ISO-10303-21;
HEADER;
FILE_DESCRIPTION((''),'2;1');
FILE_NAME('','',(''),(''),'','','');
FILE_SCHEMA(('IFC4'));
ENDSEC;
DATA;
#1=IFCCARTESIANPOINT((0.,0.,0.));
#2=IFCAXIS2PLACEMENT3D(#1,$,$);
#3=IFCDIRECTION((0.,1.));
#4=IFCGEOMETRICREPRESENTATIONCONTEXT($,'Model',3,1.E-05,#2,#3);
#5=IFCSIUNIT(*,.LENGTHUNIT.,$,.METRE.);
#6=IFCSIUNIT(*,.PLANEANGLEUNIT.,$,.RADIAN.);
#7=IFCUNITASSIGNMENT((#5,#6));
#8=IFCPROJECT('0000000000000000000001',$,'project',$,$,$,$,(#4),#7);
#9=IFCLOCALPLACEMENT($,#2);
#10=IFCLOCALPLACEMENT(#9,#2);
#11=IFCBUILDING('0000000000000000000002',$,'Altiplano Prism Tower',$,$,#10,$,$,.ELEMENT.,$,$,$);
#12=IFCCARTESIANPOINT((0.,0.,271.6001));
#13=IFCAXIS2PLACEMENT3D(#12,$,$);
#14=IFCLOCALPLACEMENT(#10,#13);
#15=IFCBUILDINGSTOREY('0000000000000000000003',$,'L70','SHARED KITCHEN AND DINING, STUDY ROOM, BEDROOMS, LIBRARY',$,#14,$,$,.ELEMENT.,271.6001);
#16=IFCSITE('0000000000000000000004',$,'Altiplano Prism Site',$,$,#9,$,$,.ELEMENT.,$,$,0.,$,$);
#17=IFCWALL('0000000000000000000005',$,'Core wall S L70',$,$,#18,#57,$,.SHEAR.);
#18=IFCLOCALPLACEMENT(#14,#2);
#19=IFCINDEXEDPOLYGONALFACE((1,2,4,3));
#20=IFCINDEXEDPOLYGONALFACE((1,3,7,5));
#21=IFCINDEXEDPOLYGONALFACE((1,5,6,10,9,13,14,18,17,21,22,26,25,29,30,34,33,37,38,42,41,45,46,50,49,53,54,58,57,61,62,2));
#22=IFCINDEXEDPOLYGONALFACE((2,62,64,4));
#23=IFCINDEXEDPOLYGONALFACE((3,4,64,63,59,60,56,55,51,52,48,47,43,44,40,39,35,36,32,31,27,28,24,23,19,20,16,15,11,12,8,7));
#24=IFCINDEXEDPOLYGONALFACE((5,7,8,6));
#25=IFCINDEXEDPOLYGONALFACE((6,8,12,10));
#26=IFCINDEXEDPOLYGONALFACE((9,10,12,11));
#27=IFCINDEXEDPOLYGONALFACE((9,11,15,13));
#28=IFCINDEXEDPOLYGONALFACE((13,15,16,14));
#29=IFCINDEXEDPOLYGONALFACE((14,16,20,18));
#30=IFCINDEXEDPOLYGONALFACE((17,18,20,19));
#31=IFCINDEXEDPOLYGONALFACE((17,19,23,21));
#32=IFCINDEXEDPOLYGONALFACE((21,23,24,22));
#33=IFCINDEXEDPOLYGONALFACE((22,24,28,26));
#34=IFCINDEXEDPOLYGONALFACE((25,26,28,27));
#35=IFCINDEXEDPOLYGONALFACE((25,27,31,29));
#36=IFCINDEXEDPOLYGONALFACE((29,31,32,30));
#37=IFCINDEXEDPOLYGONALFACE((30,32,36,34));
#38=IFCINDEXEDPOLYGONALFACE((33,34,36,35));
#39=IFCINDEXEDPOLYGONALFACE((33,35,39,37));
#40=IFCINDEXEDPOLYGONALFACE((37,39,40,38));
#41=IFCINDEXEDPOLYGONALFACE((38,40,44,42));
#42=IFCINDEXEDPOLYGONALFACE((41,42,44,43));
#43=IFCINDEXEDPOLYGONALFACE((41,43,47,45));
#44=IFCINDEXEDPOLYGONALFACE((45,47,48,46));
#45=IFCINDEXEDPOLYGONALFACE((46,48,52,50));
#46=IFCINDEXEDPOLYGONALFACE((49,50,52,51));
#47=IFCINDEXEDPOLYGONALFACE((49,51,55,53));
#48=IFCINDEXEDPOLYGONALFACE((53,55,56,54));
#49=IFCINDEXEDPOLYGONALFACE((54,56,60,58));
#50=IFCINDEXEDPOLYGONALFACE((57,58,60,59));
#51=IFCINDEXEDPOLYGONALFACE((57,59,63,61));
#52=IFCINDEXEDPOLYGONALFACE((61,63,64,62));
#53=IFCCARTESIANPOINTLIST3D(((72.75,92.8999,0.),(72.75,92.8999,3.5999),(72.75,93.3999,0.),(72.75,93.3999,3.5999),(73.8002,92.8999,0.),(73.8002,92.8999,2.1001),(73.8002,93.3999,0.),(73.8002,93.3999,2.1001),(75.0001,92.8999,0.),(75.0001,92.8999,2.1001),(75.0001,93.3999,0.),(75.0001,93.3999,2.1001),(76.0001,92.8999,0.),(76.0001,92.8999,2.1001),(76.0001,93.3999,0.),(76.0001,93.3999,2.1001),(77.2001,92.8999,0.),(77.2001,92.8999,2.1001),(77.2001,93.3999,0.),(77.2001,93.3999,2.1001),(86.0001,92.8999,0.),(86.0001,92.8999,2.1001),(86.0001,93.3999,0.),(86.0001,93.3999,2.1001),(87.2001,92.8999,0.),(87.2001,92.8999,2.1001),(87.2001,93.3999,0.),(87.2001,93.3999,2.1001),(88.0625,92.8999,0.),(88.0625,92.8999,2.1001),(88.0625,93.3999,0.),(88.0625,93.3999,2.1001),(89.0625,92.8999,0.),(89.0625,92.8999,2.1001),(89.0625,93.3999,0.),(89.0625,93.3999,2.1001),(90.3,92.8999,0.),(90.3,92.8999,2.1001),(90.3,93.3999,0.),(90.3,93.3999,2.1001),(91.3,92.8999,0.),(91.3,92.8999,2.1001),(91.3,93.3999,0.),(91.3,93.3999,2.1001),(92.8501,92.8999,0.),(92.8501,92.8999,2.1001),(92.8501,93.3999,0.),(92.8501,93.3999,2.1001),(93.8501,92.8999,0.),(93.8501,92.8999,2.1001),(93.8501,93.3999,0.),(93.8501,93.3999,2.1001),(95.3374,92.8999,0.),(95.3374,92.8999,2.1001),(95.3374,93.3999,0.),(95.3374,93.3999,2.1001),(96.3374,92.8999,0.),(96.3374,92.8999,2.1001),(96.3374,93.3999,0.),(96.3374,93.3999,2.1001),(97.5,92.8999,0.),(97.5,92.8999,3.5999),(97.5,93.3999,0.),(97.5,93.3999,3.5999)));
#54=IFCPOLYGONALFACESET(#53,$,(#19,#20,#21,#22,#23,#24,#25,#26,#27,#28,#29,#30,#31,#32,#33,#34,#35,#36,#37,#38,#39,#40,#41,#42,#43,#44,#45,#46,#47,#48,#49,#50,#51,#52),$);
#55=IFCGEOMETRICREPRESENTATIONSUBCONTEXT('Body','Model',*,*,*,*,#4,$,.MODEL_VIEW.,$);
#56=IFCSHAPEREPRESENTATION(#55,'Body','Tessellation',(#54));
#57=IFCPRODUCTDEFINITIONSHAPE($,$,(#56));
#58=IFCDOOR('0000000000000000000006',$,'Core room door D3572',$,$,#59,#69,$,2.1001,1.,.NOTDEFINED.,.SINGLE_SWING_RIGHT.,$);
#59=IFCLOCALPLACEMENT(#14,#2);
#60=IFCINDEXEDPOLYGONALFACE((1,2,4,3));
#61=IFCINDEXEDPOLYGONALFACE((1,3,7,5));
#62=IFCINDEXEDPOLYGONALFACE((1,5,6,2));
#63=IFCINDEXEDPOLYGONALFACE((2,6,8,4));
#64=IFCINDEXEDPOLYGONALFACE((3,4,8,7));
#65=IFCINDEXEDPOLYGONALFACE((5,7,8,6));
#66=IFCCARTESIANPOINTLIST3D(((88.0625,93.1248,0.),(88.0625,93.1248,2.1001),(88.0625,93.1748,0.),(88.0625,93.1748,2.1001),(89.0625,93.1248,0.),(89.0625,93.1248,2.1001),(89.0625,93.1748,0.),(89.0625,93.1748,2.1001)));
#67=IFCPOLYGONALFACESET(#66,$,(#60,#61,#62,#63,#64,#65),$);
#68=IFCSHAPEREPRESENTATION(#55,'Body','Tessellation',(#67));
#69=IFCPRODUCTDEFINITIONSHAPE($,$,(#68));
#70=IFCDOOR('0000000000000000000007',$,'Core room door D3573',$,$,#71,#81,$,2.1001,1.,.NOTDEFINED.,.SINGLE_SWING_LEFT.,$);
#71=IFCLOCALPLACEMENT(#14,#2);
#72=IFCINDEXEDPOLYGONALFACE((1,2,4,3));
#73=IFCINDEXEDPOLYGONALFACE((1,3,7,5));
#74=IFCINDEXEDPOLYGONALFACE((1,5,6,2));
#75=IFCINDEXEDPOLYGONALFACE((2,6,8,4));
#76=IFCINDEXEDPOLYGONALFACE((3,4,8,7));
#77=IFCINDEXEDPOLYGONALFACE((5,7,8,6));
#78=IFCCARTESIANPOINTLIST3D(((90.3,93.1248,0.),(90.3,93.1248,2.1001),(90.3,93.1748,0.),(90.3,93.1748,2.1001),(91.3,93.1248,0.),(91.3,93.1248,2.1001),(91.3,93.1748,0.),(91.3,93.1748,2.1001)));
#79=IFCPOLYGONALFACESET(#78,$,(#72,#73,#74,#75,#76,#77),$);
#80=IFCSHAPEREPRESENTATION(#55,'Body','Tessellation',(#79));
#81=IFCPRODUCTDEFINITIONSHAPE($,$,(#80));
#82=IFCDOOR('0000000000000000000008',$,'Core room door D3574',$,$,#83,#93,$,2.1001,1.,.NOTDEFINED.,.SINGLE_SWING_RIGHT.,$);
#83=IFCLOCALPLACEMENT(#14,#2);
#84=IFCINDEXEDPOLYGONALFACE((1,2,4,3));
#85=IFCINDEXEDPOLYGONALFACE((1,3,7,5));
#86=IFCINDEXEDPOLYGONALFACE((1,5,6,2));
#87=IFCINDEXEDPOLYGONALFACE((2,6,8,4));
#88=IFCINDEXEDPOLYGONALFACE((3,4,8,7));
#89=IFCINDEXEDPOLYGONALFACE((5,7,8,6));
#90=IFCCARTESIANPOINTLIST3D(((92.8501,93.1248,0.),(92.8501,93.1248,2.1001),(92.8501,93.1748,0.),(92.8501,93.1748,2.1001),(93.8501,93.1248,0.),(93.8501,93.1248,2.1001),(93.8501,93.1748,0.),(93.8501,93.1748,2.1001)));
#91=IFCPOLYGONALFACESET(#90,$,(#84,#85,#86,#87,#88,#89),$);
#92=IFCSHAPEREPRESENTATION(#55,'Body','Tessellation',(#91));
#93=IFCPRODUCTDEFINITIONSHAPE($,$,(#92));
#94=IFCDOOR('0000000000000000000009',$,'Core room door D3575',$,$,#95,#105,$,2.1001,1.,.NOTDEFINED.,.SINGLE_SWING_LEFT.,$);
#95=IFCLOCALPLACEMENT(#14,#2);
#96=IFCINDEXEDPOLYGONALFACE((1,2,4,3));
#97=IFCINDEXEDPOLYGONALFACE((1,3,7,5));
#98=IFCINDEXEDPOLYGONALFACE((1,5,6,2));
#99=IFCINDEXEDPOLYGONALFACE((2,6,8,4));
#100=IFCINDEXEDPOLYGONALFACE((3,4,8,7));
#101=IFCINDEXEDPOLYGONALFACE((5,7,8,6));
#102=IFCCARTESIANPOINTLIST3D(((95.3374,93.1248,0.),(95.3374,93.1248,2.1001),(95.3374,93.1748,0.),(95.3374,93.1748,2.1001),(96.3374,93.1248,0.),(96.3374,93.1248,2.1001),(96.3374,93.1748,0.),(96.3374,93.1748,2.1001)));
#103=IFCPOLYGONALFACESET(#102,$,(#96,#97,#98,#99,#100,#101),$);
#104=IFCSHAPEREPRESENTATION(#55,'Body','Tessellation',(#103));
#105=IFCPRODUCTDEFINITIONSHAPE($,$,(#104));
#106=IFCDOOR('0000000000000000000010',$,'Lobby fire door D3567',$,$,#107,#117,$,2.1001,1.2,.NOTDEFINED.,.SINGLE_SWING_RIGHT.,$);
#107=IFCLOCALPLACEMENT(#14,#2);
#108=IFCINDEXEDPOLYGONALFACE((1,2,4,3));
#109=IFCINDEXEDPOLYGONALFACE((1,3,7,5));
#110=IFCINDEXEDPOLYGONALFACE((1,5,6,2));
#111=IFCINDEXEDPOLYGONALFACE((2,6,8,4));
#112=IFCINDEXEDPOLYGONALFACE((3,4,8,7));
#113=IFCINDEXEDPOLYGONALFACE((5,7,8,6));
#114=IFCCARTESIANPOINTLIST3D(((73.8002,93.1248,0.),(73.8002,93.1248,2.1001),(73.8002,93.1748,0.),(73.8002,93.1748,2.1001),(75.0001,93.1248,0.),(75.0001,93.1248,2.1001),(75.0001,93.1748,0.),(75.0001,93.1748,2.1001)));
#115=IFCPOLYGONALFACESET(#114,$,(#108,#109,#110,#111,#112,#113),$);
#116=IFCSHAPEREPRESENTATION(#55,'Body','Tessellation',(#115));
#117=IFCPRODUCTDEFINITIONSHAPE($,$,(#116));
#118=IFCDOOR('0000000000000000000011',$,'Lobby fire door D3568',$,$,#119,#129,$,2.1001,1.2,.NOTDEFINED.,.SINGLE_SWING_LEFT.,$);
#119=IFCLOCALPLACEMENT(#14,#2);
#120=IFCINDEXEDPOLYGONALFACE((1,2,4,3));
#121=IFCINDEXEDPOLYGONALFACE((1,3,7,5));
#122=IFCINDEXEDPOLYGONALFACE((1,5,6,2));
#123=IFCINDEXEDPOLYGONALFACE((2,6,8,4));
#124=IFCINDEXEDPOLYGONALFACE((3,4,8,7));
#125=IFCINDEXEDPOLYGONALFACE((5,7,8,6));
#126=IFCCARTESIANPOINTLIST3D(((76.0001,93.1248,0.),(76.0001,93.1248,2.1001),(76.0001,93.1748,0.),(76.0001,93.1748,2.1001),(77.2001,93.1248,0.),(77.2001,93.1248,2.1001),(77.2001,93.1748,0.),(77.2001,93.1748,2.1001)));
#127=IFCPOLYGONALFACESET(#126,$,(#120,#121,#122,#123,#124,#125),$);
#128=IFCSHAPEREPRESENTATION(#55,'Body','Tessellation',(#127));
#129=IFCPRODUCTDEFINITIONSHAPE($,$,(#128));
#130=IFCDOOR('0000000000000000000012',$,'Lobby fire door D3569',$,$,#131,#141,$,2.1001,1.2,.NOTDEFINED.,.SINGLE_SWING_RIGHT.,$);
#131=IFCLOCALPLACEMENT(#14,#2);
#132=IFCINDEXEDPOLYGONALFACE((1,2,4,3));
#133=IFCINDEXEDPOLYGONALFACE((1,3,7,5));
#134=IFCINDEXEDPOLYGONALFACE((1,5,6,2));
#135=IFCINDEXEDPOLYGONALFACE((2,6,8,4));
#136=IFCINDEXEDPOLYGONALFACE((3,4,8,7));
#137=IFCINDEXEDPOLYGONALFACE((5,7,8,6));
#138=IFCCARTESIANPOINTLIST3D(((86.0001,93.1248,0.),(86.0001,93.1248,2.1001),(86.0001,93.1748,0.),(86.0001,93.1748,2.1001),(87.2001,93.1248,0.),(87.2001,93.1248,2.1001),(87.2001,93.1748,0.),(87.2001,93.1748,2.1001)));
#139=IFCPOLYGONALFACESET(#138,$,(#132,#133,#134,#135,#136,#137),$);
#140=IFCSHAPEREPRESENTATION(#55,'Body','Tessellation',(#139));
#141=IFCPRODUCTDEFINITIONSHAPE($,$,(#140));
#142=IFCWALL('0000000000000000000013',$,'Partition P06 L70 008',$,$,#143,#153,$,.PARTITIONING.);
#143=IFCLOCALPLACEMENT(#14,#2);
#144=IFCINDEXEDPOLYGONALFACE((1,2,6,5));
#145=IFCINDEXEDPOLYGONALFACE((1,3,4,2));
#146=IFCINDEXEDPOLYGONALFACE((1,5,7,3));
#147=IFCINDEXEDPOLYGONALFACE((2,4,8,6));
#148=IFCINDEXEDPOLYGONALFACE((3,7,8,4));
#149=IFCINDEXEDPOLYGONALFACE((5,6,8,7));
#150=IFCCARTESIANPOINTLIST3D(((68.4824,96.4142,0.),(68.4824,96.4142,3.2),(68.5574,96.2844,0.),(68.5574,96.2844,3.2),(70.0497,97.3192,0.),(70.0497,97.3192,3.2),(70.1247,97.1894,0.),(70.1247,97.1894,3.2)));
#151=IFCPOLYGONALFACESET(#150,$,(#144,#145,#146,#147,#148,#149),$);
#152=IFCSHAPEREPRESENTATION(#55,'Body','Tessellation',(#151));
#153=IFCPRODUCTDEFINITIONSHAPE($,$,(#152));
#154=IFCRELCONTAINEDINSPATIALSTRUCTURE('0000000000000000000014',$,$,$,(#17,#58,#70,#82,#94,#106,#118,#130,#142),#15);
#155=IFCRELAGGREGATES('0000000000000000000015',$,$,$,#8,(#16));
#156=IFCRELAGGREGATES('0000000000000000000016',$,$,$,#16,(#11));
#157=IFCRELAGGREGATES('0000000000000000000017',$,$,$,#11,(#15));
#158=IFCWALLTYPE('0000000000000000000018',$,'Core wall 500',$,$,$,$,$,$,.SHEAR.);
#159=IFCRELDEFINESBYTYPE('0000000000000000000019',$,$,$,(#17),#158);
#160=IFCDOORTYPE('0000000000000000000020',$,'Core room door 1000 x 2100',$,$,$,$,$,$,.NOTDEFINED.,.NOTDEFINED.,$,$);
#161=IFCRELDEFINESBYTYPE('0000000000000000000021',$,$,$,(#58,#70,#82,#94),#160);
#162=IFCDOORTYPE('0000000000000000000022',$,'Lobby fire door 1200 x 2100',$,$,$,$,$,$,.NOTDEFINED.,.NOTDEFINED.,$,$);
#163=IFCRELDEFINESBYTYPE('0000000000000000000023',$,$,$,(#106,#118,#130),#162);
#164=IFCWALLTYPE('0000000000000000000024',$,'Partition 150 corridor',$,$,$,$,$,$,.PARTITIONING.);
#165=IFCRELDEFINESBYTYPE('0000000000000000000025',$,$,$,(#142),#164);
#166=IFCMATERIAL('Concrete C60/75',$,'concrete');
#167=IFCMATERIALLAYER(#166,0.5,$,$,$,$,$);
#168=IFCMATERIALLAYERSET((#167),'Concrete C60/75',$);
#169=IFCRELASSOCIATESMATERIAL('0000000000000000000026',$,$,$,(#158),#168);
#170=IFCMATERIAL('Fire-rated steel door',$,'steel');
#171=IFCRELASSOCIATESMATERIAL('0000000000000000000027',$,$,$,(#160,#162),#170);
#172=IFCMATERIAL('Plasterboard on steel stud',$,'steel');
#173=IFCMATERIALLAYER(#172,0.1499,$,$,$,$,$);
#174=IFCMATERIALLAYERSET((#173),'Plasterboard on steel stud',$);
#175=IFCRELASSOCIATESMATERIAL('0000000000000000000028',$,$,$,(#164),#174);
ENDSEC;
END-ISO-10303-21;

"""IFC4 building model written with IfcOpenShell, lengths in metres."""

from ifc_helpers import new_model, si_unit, direction, frame, frame_2d, origin, place, context, subcontext, project, spatial, rectangle, extrude, material, layer, layer_set, type_object, element, fill, save


model = new_model("IFC4")

# Units and contexts
model_context = context("Model", 3, precision=1e-05, world=origin(), true_north=direction((0.0, 1.0)))
body_context = subcontext(model_context, "Body", "Model", "MODEL_VIEW")
ifc_project = project(units=[si_unit("LENGTHUNIT", "METRE"), si_unit("PLANEANGLEUNIT", "RADIAN")], contexts=[model_context])

# Site, building, storey
site_placement = place(None, origin())
site = spatial("IfcSite", under=ifc_project, at=site_placement, Name="Altiplano Prism Site", CompositionType="ELEMENT", RefElevation=0.0)
building_placement = place(site_placement, origin())
building = spatial("IfcBuilding", under=site, at=building_placement, Name="Altiplano Prism Tower", CompositionType="ELEMENT")
storey_placement = place(building_placement, frame((0.0, 0.0, 271.6001)))
storey = spatial("IfcBuildingStorey", under=building, at=storey_placement, Name="L70", Description="SHARED KITCHEN AND DINING, STUDY ROOM, BEDROOMS, LIBRARY", CompositionType="ELEMENT", Elevation=271.6001)

# Shared definitions
ifc_material_1 = material(Name="Concrete C60/75", Category="concrete")

# Wall, openings, doors
ifc_layer_1 = layer(ifc_material_1, 0.5)
ifc_layer_set_1 = layer_set([ifc_layer_1], Name="Concrete C60/75")
wall_type_1 = type_object("IfcWallType", Name="Core wall 500", PredefinedType="SHEAR", material=ifc_layer_set_1)
wall_1_placement = place(storey_placement, frame((72.75, 93.1499, 0.0), z_axis=(0.0, 0.0, 1.0), x_axis=(1.0, 0.0, 0.0)))
wall_1 = element("IfcWall", 1, at=wall_1_placement, inside=storey, type_object=wall_type_1, Name="Core wall S L70", PredefinedType="SHEAR", context=body_context, shape_type="SweptSolid", body=[
    extrude(rectangle(XDim=24.75, YDim=0.5, at=frame_2d((12.375, 0.0))), origin(), (0.0, 0.0, 1.0), 3.5999),
])
opening_1_placement = place(wall_1_placement, frame((1.05, 0.0, 0.0)))
opening_1 = element("IfcOpeningElement", 2, at=opening_1_placement, cuts=wall_1, PredefinedType="OPENING", context=body_context, shape_type="SweptSolid", body=[
    extrude(rectangle(XDim=1.2, YDim=2.1001, at=frame_2d((0.6001, 1.05))), frame((0.0, 0.2605, 0.0), z_axis=(0.0, -1.0, 0.0), x_axis=(1.0, 0.0, 0.0)), (0.0, 0.0, 1.0), 0.521),
])
opening_2_placement = place(wall_1_placement, frame((3.25, 0.0, 0.0)))
opening_2 = element("IfcOpeningElement", 3, at=opening_2_placement, cuts=wall_1, PredefinedType="OPENING", context=body_context, shape_type="SweptSolid", body=[
    extrude(rectangle(XDim=1.2, YDim=2.1001, at=frame_2d((0.6001, 1.05))), frame((0.0, 0.2605, 0.0), z_axis=(0.0, -1.0, 0.0), x_axis=(1.0, 0.0, 0.0)), (0.0, 0.0, 1.0), 0.521),
])
opening_3_placement = place(wall_1_placement, frame((13.25, 0.0, 0.0)))
opening_3 = element("IfcOpeningElement", 4, at=opening_3_placement, cuts=wall_1, PredefinedType="OPENING", context=body_context, shape_type="SweptSolid", body=[
    extrude(rectangle(XDim=1.2, YDim=2.1001, at=frame_2d((0.6001, 1.05))), frame((0.0, 0.2605, 0.0), z_axis=(0.0, -1.0, 0.0), x_axis=(1.0, 0.0, 0.0)), (0.0, 0.0, 1.0), 0.521),
])
opening_4_placement = place(wall_1_placement, frame((15.3125, 0.0, 0.0)))
opening_4 = element("IfcOpeningElement", 5, at=opening_4_placement, cuts=wall_1, PredefinedType="OPENING", context=body_context, shape_type="SweptSolid", body=[
    extrude(rectangle(XDim=1.0, YDim=2.1001, at=frame_2d((0.5, 1.05))), frame((0.0, 0.2605, 0.0), z_axis=(0.0, -1.0, 0.0), x_axis=(1.0, 0.0, 0.0)), (0.0, 0.0, 1.0), 0.521),
])
opening_5_placement = place(wall_1_placement, frame((17.55, 0.0, 0.0)))
opening_5 = element("IfcOpeningElement", 6, at=opening_5_placement, cuts=wall_1, PredefinedType="OPENING", context=body_context, shape_type="SweptSolid", body=[
    extrude(rectangle(XDim=1.0, YDim=2.1001, at=frame_2d((0.5, 1.05))), frame((0.0, 0.2605, 0.0), z_axis=(0.0, -1.0, 0.0), x_axis=(1.0, 0.0, 0.0)), (0.0, 0.0, 1.0), 0.521),
])
opening_6_placement = place(wall_1_placement, frame((20.1001, 0.0, 0.0)))
opening_6 = element("IfcOpeningElement", 7, at=opening_6_placement, cuts=wall_1, PredefinedType="OPENING", context=body_context, shape_type="SweptSolid", body=[
    extrude(rectangle(XDim=1.0, YDim=2.1001, at=frame_2d((0.5, 1.05))), frame((0.0, 0.2605, 0.0), z_axis=(0.0, -1.0, 0.0), x_axis=(1.0, 0.0, 0.0)), (0.0, 0.0, 1.0), 0.521),
])
opening_7_placement = place(wall_1_placement, frame((22.5874, 0.0, 0.0)))
opening_7 = element("IfcOpeningElement", 8, at=opening_7_placement, cuts=wall_1, PredefinedType="OPENING", context=body_context, shape_type="SweptSolid", body=[
    extrude(rectangle(XDim=1.0, YDim=2.1001, at=frame_2d((0.5, 1.05))), frame((0.0, 0.2605, 0.0), z_axis=(0.0, -1.0, 0.0), x_axis=(1.0, 0.0, 0.0)), (0.0, 0.0, 1.0), 0.521),
])
ifc_material_2 = material(Name="Fire-rated steel door", Category="steel")
door_type_1 = type_object("IfcDoorType", Name="Core room door 1000 x 2100", OperationType="NOTDEFINED", PredefinedType="NOTDEFINED", material=ifc_material_2)
door_1_placement = place(opening_4_placement, origin())
door_1 = element("IfcDoor", 9, at=door_1_placement, inside=storey, type_object=door_type_1, Name="Core room door D3572", OperationType="SINGLE_SWING_RIGHT", OverallHeight=2.1001, OverallWidth=1.0, PredefinedType="NOTDEFINED", context=body_context, shape_type="SweptSolid", body=[
    extrude(rectangle(XDim=1.0, YDim=2.1001, at=frame_2d((0.5, 1.05))), frame((0.0, 0.0249, 0.0), z_axis=(0.0, -1.0, 0.0), x_axis=(1.0, 0.0, 0.0)), (0.0, 0.0, 1.0), 0.05),
])
fill(opening_4, door_1)
door_2_placement = place(opening_5_placement, origin())
door_2 = element("IfcDoor", 10, at=door_2_placement, inside=storey, type_object=door_type_1, Name="Core room door D3573", OperationType="SINGLE_SWING_LEFT", OverallHeight=2.1001, OverallWidth=1.0, PredefinedType="NOTDEFINED", context=body_context, shape_type="SweptSolid", body=[
    extrude(rectangle(XDim=1.0, YDim=2.1001, at=frame_2d((0.5, 1.05))), frame((0.0, 0.0249, 0.0), z_axis=(0.0, -1.0, 0.0), x_axis=(1.0, 0.0, 0.0)), (0.0, 0.0, 1.0), 0.05),
])
fill(opening_5, door_2)
door_3_placement = place(opening_6_placement, origin())
door_3 = element("IfcDoor", 11, at=door_3_placement, inside=storey, type_object=door_type_1, Name="Core room door D3574", OperationType="SINGLE_SWING_RIGHT", OverallHeight=2.1001, OverallWidth=1.0, PredefinedType="NOTDEFINED", context=body_context, shape_type="SweptSolid", body=[
    extrude(rectangle(XDim=1.0, YDim=2.1001, at=frame_2d((0.5, 1.05))), frame((0.0, 0.0249, 0.0), z_axis=(0.0, -1.0, 0.0), x_axis=(1.0, 0.0, 0.0)), (0.0, 0.0, 1.0), 0.05),
])
fill(opening_6, door_3)
door_4_placement = place(opening_7_placement, origin())
door_4 = element("IfcDoor", 12, at=door_4_placement, inside=storey, type_object=door_type_1, Name="Core room door D3575", OperationType="SINGLE_SWING_LEFT", OverallHeight=2.1001, OverallWidth=1.0, PredefinedType="NOTDEFINED", context=body_context, shape_type="SweptSolid", body=[
    extrude(rectangle(XDim=1.0, YDim=2.1001, at=frame_2d((0.5, 1.05))), frame((0.0, 0.0249, 0.0), z_axis=(0.0, -1.0, 0.0), x_axis=(1.0, 0.0, 0.0)), (0.0, 0.0, 1.0), 0.05),
])
fill(opening_7, door_4)
door_type_2 = type_object("IfcDoorType", Name="Lobby fire door 1200 x 2100", OperationType="NOTDEFINED", PredefinedType="NOTDEFINED", material=ifc_material_2)
door_5_placement = place(opening_1_placement, origin())
door_5 = element("IfcDoor", 13, at=door_5_placement, inside=storey, type_object=door_type_2, Name="Lobby fire door D3567", OperationType="SINGLE_SWING_RIGHT", OverallHeight=2.1001, OverallWidth=1.2, PredefinedType="NOTDEFINED", context=body_context, shape_type="SweptSolid", body=[
    extrude(rectangle(XDim=1.2, YDim=2.1001, at=frame_2d((0.6001, 1.05))), frame((0.0, 0.0249, 0.0), z_axis=(0.0, -1.0, 0.0), x_axis=(1.0, 0.0, 0.0)), (0.0, 0.0, 1.0), 0.05),
])
fill(opening_1, door_5)
door_6_placement = place(opening_2_placement, origin())
door_6 = element("IfcDoor", 14, at=door_6_placement, inside=storey, type_object=door_type_2, Name="Lobby fire door D3568", OperationType="SINGLE_SWING_LEFT", OverallHeight=2.1001, OverallWidth=1.2, PredefinedType="NOTDEFINED", context=body_context, shape_type="SweptSolid", body=[
    extrude(rectangle(XDim=1.2, YDim=2.1001, at=frame_2d((0.6001, 1.05))), frame((0.0, 0.0249, 0.0), z_axis=(0.0, -1.0, 0.0), x_axis=(1.0, 0.0, 0.0)), (0.0, 0.0, 1.0), 0.05),
])
fill(opening_2, door_6)
door_7_placement = place(opening_3_placement, origin())
door_7 = element("IfcDoor", 15, at=door_7_placement, inside=storey, type_object=door_type_2, Name="Lobby fire door D3569", OperationType="SINGLE_SWING_RIGHT", OverallHeight=2.1001, OverallWidth=1.2, PredefinedType="NOTDEFINED", context=body_context, shape_type="SweptSolid", body=[
    extrude(rectangle(XDim=1.2, YDim=2.1001, at=frame_2d((0.6001, 1.05))), frame((0.0, 0.0249, 0.0), z_axis=(0.0, -1.0, 0.0), x_axis=(1.0, 0.0, 0.0)), (0.0, 0.0, 1.0), 0.05),
])
fill(opening_3, door_7)

# Wall
ifc_material_3 = material(Name="Plasterboard on steel stud", Category="steel")
ifc_layer_2 = layer(ifc_material_3, 0.1499)
ifc_layer_set_2 = layer_set([ifc_layer_2], Name="Plasterboard on steel stud")
wall_type_2 = type_object("IfcWallType", Name="Partition 150 corridor", PredefinedType="PARTITIONING", material=ifc_layer_set_2)
wall_2_placement = place(storey_placement, frame((68.52, 96.3494, 0.0), z_axis=(0.0, 0.0, 1.0), x_axis=(0.866001, 0.500042, 0.0)))
element("IfcWall", 16, at=wall_2_placement, inside=storey, type_object=wall_type_2, Name="Partition P06 L70 008", PredefinedType="PARTITIONING", context=body_context, shape_type="SweptSolid", body=[
    extrude(rectangle(XDim=1.8098, YDim=0.1499, at=frame_2d((0.9048, 0.0))), origin(), (0.0, 0.0, 1.0), 3.2),
])

save(model, "model.ifc")
